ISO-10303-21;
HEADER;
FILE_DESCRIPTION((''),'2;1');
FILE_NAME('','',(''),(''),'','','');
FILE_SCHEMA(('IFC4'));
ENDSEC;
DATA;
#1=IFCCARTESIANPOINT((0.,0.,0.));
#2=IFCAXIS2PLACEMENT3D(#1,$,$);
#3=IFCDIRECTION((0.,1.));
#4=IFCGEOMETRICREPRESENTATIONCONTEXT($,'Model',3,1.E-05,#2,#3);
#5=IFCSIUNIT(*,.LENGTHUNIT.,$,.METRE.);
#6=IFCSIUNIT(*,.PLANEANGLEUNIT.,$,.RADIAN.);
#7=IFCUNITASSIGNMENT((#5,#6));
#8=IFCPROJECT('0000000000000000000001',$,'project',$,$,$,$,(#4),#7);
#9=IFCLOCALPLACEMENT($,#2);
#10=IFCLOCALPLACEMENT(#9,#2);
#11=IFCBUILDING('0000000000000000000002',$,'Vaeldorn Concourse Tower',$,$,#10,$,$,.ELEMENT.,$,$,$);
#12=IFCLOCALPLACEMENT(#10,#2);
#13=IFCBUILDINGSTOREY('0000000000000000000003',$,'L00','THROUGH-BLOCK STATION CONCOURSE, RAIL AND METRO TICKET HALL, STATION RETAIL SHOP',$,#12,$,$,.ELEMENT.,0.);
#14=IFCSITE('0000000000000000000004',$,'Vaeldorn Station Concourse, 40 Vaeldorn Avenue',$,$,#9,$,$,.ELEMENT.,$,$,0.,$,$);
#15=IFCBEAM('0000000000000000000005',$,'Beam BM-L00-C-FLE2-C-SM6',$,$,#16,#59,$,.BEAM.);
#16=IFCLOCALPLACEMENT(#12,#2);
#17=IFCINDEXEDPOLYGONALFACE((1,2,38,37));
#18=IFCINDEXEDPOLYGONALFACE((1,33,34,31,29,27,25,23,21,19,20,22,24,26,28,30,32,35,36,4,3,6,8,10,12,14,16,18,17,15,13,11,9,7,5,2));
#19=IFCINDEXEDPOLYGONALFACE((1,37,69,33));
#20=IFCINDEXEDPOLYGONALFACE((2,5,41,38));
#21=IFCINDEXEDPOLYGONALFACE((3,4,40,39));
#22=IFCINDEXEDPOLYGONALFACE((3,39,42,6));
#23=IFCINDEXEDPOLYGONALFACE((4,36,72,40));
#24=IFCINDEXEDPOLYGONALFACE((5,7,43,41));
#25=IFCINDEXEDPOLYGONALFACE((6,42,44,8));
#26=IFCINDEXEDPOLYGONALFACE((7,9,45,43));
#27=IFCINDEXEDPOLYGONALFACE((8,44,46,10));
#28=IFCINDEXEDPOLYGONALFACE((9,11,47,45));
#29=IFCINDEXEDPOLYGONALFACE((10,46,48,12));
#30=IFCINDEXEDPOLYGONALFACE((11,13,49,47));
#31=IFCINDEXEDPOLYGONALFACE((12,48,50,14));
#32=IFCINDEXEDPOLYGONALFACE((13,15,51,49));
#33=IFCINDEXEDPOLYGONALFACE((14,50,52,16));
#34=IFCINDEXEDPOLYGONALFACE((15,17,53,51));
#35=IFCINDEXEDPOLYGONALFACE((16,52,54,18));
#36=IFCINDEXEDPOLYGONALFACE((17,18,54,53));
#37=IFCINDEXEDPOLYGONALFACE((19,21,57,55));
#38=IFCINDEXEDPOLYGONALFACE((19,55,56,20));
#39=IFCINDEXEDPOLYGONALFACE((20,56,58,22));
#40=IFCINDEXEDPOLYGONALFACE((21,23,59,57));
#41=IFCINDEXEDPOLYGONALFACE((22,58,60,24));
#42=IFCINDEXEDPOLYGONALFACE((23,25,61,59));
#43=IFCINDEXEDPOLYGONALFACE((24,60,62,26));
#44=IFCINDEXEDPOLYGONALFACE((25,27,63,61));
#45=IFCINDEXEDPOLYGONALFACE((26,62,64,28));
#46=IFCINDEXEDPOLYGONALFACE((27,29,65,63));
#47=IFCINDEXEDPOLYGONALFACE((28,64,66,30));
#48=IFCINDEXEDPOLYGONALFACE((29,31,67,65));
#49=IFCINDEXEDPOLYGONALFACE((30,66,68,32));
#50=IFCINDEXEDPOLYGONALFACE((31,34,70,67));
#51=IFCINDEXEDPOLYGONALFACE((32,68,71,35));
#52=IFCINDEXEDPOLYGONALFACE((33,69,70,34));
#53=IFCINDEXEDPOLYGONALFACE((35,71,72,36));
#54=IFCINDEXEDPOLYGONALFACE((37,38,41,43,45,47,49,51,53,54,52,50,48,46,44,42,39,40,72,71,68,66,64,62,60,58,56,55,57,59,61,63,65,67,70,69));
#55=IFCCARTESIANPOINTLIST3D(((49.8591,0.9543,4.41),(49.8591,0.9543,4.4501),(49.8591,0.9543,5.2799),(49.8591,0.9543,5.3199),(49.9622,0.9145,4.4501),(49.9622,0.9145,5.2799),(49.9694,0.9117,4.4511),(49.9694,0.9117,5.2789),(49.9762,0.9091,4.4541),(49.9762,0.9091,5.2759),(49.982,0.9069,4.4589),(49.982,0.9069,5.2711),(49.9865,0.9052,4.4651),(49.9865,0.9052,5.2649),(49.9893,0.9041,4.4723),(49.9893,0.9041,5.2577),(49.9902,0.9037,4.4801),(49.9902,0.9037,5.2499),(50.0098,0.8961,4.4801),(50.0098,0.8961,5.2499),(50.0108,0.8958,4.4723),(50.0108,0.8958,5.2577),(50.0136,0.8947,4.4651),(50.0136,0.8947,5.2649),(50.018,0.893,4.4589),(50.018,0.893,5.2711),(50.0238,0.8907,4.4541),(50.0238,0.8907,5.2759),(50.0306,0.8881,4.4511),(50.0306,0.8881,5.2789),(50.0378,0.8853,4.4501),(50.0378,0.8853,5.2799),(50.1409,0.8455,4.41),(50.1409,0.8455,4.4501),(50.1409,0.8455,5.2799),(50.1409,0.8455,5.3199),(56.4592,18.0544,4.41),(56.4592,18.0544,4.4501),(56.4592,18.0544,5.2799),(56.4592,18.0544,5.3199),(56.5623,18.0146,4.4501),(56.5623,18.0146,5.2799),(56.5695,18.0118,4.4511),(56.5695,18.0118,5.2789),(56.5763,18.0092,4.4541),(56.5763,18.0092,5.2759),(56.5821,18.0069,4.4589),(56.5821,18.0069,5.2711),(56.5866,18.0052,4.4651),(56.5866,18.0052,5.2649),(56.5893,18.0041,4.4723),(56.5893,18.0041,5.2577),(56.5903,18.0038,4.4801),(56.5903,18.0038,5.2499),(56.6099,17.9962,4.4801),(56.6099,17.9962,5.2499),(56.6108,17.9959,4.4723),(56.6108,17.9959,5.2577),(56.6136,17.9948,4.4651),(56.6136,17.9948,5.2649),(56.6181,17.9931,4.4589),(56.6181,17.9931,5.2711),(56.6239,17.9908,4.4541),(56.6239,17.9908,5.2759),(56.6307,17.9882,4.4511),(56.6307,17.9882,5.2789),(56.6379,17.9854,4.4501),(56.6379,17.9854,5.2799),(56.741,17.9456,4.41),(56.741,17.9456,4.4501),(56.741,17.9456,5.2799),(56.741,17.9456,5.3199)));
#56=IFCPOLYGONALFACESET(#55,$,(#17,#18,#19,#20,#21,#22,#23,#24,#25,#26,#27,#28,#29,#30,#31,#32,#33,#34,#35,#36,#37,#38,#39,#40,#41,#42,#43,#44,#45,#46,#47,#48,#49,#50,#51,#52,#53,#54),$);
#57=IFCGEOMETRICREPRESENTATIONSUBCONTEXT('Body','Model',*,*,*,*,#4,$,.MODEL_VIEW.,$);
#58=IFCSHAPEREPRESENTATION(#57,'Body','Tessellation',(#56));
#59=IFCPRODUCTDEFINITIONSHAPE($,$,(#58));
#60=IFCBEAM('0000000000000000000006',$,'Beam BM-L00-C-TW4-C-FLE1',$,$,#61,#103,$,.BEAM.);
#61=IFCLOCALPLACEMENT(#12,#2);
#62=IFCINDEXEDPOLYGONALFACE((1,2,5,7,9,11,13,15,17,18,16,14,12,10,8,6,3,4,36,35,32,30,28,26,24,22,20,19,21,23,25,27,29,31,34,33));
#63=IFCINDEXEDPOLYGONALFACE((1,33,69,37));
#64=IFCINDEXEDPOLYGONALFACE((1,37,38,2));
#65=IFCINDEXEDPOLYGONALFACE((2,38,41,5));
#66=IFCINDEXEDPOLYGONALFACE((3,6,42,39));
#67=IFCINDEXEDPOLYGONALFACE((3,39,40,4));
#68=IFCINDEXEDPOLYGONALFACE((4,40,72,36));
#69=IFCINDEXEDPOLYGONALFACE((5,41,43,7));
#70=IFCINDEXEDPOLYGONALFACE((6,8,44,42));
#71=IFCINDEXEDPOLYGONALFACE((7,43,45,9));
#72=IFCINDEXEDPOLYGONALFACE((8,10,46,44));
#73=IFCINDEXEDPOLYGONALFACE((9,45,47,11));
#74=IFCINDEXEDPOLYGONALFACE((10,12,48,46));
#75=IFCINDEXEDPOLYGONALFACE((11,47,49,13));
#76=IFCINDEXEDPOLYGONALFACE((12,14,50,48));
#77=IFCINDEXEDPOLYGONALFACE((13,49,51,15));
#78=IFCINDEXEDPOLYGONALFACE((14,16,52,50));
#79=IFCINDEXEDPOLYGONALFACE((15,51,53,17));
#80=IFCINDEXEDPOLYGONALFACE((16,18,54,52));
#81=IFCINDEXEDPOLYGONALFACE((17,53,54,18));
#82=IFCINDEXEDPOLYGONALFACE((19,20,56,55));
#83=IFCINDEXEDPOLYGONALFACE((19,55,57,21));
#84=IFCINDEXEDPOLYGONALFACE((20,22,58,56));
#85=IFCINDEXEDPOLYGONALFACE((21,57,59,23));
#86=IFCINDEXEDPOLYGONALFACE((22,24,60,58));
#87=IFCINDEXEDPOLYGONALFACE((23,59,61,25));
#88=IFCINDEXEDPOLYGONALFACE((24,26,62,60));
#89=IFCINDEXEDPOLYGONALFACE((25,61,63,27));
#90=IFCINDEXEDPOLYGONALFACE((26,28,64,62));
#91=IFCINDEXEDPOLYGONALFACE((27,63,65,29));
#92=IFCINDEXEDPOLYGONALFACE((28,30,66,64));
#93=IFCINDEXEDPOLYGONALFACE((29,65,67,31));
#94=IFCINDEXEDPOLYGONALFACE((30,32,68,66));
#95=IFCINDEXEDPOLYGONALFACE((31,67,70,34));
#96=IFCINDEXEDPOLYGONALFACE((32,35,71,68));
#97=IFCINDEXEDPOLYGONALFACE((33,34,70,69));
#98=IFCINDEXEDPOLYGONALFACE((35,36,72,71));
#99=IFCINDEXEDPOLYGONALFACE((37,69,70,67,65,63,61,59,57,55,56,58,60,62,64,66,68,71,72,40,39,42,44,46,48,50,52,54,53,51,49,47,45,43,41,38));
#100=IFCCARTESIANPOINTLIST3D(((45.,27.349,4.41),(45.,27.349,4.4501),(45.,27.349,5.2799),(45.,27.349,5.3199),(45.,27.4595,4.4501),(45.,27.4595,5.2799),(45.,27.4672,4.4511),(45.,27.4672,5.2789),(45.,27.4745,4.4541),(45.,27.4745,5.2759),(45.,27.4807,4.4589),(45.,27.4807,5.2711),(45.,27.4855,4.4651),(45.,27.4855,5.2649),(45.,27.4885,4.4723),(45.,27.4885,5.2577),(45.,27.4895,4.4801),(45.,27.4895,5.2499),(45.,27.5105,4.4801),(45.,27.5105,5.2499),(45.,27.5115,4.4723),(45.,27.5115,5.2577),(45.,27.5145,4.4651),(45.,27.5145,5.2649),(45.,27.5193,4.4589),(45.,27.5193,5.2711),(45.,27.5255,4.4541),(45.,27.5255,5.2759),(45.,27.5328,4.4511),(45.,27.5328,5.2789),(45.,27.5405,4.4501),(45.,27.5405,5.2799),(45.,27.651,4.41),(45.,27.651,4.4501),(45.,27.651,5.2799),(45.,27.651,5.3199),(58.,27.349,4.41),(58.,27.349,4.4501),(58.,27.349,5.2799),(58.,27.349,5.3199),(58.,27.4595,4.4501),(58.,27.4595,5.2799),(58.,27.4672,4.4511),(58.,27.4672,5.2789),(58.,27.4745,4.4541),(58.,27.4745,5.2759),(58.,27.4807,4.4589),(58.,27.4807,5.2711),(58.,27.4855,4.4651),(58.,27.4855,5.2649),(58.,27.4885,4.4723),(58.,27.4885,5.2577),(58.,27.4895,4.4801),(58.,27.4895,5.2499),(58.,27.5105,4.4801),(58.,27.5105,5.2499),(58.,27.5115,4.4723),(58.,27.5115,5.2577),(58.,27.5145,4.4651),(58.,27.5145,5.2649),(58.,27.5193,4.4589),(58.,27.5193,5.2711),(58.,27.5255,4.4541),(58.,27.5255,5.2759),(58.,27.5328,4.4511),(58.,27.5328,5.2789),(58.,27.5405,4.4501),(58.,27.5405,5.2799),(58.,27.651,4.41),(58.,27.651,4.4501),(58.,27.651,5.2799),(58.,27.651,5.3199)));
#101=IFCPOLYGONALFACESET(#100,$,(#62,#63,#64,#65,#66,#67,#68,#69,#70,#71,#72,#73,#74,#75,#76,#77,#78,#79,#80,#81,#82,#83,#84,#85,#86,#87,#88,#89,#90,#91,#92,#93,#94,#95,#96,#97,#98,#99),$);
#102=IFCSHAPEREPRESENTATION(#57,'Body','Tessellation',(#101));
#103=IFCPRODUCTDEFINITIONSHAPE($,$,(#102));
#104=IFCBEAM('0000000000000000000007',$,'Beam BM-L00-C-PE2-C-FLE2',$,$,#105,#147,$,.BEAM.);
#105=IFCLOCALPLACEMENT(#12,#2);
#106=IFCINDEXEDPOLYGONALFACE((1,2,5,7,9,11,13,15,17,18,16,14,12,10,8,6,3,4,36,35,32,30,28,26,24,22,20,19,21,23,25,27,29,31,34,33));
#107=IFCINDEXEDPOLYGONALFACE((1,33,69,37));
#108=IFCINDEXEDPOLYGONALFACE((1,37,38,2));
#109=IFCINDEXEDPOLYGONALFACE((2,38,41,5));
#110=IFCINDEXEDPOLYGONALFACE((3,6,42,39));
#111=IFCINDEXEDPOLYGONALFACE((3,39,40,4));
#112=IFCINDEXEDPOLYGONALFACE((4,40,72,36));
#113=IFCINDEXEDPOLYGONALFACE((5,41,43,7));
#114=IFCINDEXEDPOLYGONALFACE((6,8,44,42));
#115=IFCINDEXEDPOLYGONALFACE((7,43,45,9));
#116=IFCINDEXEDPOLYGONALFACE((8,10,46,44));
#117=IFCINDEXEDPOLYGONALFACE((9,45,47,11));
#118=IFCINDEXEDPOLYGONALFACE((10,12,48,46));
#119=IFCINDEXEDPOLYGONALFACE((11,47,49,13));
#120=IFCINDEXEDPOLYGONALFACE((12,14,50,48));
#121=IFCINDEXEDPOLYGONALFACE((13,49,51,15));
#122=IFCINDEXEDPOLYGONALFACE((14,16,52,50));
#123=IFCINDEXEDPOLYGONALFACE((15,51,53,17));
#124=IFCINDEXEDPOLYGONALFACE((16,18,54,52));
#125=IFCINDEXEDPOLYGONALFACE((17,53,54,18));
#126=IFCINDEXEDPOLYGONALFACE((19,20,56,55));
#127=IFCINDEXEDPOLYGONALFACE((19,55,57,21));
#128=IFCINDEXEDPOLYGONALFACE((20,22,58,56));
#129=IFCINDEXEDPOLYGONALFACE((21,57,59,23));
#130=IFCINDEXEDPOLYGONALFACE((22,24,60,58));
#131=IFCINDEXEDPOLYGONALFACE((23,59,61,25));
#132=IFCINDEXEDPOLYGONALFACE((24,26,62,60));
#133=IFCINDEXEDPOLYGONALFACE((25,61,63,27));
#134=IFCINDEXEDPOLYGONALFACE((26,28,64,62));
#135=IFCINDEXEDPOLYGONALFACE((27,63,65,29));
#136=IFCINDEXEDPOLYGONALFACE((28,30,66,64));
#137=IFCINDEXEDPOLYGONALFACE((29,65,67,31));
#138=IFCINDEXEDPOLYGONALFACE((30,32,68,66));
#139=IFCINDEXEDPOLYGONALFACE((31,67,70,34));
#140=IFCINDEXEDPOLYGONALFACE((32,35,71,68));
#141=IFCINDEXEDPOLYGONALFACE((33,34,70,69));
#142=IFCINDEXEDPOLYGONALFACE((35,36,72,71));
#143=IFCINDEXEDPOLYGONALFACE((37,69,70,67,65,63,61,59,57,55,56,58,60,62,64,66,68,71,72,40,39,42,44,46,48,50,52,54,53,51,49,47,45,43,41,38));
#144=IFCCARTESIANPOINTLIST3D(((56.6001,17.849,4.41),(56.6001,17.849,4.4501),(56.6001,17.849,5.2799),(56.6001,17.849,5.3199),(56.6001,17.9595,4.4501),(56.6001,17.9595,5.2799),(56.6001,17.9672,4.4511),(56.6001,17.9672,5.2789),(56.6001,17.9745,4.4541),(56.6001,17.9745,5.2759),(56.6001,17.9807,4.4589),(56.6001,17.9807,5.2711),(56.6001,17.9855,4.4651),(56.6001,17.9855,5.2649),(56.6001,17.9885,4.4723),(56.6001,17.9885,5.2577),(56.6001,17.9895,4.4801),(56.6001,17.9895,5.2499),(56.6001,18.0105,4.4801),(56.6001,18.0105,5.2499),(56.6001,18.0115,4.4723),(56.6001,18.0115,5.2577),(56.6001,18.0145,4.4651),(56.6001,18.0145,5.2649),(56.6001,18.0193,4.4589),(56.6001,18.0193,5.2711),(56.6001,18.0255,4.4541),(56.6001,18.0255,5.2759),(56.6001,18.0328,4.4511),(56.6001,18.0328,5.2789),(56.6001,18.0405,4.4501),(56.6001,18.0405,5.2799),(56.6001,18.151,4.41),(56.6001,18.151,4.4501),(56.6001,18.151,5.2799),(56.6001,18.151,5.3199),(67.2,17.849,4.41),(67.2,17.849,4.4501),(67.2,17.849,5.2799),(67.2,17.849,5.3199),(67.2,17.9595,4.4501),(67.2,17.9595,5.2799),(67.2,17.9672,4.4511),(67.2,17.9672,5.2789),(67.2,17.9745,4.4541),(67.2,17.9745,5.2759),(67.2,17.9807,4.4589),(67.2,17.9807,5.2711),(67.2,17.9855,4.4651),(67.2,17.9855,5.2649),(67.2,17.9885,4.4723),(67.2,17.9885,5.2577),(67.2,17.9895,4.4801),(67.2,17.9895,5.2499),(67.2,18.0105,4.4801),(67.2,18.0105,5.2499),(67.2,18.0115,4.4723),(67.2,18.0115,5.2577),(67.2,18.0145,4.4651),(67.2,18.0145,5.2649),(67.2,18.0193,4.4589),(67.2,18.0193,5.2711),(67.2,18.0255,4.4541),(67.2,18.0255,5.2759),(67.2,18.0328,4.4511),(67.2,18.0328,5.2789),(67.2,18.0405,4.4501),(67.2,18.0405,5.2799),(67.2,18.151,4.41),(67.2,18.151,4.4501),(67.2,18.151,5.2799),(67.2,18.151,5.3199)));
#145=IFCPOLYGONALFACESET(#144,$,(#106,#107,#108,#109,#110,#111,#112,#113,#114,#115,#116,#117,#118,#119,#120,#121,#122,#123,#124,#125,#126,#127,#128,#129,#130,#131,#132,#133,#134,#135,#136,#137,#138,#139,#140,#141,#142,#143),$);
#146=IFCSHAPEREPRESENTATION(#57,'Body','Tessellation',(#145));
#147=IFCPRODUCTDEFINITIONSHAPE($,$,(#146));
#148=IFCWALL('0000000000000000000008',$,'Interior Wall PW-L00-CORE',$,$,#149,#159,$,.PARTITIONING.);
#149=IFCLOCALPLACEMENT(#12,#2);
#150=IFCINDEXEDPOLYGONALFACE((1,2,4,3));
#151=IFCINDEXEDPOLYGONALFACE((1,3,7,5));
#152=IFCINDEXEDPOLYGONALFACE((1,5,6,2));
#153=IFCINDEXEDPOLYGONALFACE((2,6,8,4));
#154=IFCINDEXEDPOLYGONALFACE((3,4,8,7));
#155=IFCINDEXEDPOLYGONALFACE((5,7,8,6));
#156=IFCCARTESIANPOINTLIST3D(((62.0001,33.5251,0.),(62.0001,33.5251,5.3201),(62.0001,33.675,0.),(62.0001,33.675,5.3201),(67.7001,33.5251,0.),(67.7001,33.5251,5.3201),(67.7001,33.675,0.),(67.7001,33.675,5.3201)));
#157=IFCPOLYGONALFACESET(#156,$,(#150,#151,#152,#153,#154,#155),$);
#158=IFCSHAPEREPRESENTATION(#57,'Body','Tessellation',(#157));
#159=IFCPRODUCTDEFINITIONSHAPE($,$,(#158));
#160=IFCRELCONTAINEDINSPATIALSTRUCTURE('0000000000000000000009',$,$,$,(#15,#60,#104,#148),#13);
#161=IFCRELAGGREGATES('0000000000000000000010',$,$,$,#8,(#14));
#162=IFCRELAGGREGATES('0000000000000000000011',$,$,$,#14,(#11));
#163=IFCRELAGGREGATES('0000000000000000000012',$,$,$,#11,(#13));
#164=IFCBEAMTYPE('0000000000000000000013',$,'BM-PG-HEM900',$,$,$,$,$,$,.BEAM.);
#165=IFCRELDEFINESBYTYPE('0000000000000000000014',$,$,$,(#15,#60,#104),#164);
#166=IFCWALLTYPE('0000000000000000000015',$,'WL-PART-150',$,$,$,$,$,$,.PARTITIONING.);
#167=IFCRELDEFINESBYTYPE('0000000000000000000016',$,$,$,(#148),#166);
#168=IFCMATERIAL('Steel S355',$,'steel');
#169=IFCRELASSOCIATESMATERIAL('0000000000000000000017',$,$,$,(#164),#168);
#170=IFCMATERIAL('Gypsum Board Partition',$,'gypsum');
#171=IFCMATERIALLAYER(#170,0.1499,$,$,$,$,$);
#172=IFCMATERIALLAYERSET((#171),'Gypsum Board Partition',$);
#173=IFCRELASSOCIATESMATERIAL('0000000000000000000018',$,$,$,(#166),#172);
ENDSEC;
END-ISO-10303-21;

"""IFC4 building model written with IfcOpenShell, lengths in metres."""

from ifc_helpers import new_model, si_unit, direction, frame, frame_2d, origin, origin_2d, place, context, subcontext, project, spatial, rectangle, i_section, extrude, source, transform, mapped, material, layer, layer_set, material_profile, profile_set, type_object, element, save


model = new_model("IFC4")

# Units and contexts
model_context = context("Model", 3, precision=1e-05, world=origin(), true_north=direction((0.0, 1.0)))
body_context = subcontext(model_context, "Body", "Model", "MODEL_VIEW")
ifc_project = project(units=[si_unit("LENGTHUNIT", "METRE"), si_unit("PLANEANGLEUNIT", "RADIAN")], contexts=[model_context])

# Site, building, storey
site_placement = place(None, origin())
site = spatial("IfcSite", under=ifc_project, at=site_placement, Name="Vaeldorn Station Concourse, 40 Vaeldorn Avenue", CompositionType="ELEMENT", RefElevation=0.0)
building_placement = place(site_placement, origin())
building = spatial("IfcBuilding", under=site, at=building_placement, Name="Vaeldorn Concourse Tower", CompositionType="ELEMENT")
storey_placement = place(building_placement, origin())
storey = spatial("IfcBuildingStorey", under=building, at=storey_placement, Name="L00", Description="THROUGH-BLOCK STATION CONCOURSE, RAIL AND METRO TICKET HALL, STATION RETAIL SHOP", CompositionType="ELEMENT", Elevation=0.0)

# Beams
ifc_material_1 = material(Name="Steel S355", Category="steel")
ifc_material_profile_1 = material_profile(ifc_material_1, i_section(OverallWidth=0.302, OverallDepth=0.9099, WebThickness=0.021, FlangeThickness=0.04, FilletRadius=0.03, at=origin_2d()), Name="HEM 900")
ifc_profile_set_1 = profile_set([ifc_material_profile_1], Name="Steel S355")
beam_type = type_object("IfcBeamType", Name="BM-PG-HEM900", PredefinedType="BEAM", material=ifc_profile_set_1)
shared_shape_1 = source(origin(), body_context, "Body", "SweptSolid", [
    extrude(i_section(OverallWidth=0.302, OverallDepth=0.9099, WebThickness=0.021, FlangeThickness=0.04, FilletRadius=0.03, at=origin_2d()), origin(), (0.0, 0.0, 1.0), 18.3296),
])
beam_1_placement = place(storey_placement, frame((56.6001, 18.0, 4.865), z_axis=(-0.360078, -0.932922, 0.0), x_axis=(0.932922, -0.360078, 0.0)))
element("IfcBeam", 1, at=beam_1_placement, inside=storey, type_object=beam_type, Name="Beam BM-L00-C-FLE2-C-SM6", PredefinedType="BEAM", context=body_context, shape_type="MappedRepresentation", body=[
    mapped(shared_shape_1, transform((0.0, 0.0, 0.0), scale=1.0)),
])
shared_shape_2 = source(origin(), body_context, "Body", "SweptSolid", [
    extrude(i_section(OverallWidth=0.302, OverallDepth=0.9099, WebThickness=0.021, FlangeThickness=0.04, FilletRadius=0.03, at=origin_2d()), origin(), (0.0, 0.0, 1.0), 13.0),
])
beam_2_placement = place(storey_placement, frame((45.0, 27.5, 4.865), z_axis=(1.0, 0.0, 0.0), x_axis=(0.0, 1.0, 0.0)))
element("IfcBeam", 2, at=beam_2_placement, inside=storey, type_object=beam_type, Name="Beam BM-L00-C-TW4-C-FLE1", PredefinedType="BEAM", context=body_context, shape_type="MappedRepresentation", body=[
    mapped(shared_shape_2, transform((0.0, 0.0, 0.0), scale=1.0)),
])
shared_shape_3 = source(origin(), body_context, "Body", "SweptSolid", [
    extrude(i_section(OverallWidth=0.302, OverallDepth=0.9099, WebThickness=0.021, FlangeThickness=0.04, FilletRadius=0.03, at=origin_2d()), origin(), (0.0, 0.0, 1.0), 10.5999),
])
beam_3_placement = place(storey_placement, frame((67.2, 18.0, 4.865), z_axis=(-1.0, 0.0, 0.0), x_axis=(0.0, -1.0, 0.0)))
element("IfcBeam", 3, at=beam_3_placement, inside=storey, type_object=beam_type, Name="Beam BM-L00-C-PE2-C-FLE2", PredefinedType="BEAM", context=body_context, shape_type="MappedRepresentation", body=[
    mapped(shared_shape_3, transform((0.0, 0.0, 0.0), scale=1.0)),
])

# Wall
ifc_material_2 = material(Name="Gypsum Board Partition", Category="gypsum")
ifc_layer_1 = layer(ifc_material_2, 0.1499)
ifc_layer_set_1 = layer_set([ifc_layer_1], Name="Gypsum Board Partition")
wall_type_1 = type_object("IfcWallType", Name="WL-PART-150", PredefinedType="PARTITIONING", material=ifc_layer_set_1)
wall_1_placement = place(storey_placement, frame((62.0, 33.6001, 0.0), z_axis=(0.0, 0.0, 1.0), x_axis=(1.0, 0.0, 0.0)))
element("IfcWall", 4, at=wall_1_placement, inside=storey, type_object=wall_type_1, Name="Interior Wall PW-L00-CORE", PredefinedType="PARTITIONING", context=body_context, shape_type="SweptSolid", body=[
    extrude(rectangle(XDim=5.7, YDim=0.1499, at=frame_2d((2.8501, 0.0))), origin(), (0.0, 0.0, 1.0), 5.3201),
])

save(model, "model.ifc")
